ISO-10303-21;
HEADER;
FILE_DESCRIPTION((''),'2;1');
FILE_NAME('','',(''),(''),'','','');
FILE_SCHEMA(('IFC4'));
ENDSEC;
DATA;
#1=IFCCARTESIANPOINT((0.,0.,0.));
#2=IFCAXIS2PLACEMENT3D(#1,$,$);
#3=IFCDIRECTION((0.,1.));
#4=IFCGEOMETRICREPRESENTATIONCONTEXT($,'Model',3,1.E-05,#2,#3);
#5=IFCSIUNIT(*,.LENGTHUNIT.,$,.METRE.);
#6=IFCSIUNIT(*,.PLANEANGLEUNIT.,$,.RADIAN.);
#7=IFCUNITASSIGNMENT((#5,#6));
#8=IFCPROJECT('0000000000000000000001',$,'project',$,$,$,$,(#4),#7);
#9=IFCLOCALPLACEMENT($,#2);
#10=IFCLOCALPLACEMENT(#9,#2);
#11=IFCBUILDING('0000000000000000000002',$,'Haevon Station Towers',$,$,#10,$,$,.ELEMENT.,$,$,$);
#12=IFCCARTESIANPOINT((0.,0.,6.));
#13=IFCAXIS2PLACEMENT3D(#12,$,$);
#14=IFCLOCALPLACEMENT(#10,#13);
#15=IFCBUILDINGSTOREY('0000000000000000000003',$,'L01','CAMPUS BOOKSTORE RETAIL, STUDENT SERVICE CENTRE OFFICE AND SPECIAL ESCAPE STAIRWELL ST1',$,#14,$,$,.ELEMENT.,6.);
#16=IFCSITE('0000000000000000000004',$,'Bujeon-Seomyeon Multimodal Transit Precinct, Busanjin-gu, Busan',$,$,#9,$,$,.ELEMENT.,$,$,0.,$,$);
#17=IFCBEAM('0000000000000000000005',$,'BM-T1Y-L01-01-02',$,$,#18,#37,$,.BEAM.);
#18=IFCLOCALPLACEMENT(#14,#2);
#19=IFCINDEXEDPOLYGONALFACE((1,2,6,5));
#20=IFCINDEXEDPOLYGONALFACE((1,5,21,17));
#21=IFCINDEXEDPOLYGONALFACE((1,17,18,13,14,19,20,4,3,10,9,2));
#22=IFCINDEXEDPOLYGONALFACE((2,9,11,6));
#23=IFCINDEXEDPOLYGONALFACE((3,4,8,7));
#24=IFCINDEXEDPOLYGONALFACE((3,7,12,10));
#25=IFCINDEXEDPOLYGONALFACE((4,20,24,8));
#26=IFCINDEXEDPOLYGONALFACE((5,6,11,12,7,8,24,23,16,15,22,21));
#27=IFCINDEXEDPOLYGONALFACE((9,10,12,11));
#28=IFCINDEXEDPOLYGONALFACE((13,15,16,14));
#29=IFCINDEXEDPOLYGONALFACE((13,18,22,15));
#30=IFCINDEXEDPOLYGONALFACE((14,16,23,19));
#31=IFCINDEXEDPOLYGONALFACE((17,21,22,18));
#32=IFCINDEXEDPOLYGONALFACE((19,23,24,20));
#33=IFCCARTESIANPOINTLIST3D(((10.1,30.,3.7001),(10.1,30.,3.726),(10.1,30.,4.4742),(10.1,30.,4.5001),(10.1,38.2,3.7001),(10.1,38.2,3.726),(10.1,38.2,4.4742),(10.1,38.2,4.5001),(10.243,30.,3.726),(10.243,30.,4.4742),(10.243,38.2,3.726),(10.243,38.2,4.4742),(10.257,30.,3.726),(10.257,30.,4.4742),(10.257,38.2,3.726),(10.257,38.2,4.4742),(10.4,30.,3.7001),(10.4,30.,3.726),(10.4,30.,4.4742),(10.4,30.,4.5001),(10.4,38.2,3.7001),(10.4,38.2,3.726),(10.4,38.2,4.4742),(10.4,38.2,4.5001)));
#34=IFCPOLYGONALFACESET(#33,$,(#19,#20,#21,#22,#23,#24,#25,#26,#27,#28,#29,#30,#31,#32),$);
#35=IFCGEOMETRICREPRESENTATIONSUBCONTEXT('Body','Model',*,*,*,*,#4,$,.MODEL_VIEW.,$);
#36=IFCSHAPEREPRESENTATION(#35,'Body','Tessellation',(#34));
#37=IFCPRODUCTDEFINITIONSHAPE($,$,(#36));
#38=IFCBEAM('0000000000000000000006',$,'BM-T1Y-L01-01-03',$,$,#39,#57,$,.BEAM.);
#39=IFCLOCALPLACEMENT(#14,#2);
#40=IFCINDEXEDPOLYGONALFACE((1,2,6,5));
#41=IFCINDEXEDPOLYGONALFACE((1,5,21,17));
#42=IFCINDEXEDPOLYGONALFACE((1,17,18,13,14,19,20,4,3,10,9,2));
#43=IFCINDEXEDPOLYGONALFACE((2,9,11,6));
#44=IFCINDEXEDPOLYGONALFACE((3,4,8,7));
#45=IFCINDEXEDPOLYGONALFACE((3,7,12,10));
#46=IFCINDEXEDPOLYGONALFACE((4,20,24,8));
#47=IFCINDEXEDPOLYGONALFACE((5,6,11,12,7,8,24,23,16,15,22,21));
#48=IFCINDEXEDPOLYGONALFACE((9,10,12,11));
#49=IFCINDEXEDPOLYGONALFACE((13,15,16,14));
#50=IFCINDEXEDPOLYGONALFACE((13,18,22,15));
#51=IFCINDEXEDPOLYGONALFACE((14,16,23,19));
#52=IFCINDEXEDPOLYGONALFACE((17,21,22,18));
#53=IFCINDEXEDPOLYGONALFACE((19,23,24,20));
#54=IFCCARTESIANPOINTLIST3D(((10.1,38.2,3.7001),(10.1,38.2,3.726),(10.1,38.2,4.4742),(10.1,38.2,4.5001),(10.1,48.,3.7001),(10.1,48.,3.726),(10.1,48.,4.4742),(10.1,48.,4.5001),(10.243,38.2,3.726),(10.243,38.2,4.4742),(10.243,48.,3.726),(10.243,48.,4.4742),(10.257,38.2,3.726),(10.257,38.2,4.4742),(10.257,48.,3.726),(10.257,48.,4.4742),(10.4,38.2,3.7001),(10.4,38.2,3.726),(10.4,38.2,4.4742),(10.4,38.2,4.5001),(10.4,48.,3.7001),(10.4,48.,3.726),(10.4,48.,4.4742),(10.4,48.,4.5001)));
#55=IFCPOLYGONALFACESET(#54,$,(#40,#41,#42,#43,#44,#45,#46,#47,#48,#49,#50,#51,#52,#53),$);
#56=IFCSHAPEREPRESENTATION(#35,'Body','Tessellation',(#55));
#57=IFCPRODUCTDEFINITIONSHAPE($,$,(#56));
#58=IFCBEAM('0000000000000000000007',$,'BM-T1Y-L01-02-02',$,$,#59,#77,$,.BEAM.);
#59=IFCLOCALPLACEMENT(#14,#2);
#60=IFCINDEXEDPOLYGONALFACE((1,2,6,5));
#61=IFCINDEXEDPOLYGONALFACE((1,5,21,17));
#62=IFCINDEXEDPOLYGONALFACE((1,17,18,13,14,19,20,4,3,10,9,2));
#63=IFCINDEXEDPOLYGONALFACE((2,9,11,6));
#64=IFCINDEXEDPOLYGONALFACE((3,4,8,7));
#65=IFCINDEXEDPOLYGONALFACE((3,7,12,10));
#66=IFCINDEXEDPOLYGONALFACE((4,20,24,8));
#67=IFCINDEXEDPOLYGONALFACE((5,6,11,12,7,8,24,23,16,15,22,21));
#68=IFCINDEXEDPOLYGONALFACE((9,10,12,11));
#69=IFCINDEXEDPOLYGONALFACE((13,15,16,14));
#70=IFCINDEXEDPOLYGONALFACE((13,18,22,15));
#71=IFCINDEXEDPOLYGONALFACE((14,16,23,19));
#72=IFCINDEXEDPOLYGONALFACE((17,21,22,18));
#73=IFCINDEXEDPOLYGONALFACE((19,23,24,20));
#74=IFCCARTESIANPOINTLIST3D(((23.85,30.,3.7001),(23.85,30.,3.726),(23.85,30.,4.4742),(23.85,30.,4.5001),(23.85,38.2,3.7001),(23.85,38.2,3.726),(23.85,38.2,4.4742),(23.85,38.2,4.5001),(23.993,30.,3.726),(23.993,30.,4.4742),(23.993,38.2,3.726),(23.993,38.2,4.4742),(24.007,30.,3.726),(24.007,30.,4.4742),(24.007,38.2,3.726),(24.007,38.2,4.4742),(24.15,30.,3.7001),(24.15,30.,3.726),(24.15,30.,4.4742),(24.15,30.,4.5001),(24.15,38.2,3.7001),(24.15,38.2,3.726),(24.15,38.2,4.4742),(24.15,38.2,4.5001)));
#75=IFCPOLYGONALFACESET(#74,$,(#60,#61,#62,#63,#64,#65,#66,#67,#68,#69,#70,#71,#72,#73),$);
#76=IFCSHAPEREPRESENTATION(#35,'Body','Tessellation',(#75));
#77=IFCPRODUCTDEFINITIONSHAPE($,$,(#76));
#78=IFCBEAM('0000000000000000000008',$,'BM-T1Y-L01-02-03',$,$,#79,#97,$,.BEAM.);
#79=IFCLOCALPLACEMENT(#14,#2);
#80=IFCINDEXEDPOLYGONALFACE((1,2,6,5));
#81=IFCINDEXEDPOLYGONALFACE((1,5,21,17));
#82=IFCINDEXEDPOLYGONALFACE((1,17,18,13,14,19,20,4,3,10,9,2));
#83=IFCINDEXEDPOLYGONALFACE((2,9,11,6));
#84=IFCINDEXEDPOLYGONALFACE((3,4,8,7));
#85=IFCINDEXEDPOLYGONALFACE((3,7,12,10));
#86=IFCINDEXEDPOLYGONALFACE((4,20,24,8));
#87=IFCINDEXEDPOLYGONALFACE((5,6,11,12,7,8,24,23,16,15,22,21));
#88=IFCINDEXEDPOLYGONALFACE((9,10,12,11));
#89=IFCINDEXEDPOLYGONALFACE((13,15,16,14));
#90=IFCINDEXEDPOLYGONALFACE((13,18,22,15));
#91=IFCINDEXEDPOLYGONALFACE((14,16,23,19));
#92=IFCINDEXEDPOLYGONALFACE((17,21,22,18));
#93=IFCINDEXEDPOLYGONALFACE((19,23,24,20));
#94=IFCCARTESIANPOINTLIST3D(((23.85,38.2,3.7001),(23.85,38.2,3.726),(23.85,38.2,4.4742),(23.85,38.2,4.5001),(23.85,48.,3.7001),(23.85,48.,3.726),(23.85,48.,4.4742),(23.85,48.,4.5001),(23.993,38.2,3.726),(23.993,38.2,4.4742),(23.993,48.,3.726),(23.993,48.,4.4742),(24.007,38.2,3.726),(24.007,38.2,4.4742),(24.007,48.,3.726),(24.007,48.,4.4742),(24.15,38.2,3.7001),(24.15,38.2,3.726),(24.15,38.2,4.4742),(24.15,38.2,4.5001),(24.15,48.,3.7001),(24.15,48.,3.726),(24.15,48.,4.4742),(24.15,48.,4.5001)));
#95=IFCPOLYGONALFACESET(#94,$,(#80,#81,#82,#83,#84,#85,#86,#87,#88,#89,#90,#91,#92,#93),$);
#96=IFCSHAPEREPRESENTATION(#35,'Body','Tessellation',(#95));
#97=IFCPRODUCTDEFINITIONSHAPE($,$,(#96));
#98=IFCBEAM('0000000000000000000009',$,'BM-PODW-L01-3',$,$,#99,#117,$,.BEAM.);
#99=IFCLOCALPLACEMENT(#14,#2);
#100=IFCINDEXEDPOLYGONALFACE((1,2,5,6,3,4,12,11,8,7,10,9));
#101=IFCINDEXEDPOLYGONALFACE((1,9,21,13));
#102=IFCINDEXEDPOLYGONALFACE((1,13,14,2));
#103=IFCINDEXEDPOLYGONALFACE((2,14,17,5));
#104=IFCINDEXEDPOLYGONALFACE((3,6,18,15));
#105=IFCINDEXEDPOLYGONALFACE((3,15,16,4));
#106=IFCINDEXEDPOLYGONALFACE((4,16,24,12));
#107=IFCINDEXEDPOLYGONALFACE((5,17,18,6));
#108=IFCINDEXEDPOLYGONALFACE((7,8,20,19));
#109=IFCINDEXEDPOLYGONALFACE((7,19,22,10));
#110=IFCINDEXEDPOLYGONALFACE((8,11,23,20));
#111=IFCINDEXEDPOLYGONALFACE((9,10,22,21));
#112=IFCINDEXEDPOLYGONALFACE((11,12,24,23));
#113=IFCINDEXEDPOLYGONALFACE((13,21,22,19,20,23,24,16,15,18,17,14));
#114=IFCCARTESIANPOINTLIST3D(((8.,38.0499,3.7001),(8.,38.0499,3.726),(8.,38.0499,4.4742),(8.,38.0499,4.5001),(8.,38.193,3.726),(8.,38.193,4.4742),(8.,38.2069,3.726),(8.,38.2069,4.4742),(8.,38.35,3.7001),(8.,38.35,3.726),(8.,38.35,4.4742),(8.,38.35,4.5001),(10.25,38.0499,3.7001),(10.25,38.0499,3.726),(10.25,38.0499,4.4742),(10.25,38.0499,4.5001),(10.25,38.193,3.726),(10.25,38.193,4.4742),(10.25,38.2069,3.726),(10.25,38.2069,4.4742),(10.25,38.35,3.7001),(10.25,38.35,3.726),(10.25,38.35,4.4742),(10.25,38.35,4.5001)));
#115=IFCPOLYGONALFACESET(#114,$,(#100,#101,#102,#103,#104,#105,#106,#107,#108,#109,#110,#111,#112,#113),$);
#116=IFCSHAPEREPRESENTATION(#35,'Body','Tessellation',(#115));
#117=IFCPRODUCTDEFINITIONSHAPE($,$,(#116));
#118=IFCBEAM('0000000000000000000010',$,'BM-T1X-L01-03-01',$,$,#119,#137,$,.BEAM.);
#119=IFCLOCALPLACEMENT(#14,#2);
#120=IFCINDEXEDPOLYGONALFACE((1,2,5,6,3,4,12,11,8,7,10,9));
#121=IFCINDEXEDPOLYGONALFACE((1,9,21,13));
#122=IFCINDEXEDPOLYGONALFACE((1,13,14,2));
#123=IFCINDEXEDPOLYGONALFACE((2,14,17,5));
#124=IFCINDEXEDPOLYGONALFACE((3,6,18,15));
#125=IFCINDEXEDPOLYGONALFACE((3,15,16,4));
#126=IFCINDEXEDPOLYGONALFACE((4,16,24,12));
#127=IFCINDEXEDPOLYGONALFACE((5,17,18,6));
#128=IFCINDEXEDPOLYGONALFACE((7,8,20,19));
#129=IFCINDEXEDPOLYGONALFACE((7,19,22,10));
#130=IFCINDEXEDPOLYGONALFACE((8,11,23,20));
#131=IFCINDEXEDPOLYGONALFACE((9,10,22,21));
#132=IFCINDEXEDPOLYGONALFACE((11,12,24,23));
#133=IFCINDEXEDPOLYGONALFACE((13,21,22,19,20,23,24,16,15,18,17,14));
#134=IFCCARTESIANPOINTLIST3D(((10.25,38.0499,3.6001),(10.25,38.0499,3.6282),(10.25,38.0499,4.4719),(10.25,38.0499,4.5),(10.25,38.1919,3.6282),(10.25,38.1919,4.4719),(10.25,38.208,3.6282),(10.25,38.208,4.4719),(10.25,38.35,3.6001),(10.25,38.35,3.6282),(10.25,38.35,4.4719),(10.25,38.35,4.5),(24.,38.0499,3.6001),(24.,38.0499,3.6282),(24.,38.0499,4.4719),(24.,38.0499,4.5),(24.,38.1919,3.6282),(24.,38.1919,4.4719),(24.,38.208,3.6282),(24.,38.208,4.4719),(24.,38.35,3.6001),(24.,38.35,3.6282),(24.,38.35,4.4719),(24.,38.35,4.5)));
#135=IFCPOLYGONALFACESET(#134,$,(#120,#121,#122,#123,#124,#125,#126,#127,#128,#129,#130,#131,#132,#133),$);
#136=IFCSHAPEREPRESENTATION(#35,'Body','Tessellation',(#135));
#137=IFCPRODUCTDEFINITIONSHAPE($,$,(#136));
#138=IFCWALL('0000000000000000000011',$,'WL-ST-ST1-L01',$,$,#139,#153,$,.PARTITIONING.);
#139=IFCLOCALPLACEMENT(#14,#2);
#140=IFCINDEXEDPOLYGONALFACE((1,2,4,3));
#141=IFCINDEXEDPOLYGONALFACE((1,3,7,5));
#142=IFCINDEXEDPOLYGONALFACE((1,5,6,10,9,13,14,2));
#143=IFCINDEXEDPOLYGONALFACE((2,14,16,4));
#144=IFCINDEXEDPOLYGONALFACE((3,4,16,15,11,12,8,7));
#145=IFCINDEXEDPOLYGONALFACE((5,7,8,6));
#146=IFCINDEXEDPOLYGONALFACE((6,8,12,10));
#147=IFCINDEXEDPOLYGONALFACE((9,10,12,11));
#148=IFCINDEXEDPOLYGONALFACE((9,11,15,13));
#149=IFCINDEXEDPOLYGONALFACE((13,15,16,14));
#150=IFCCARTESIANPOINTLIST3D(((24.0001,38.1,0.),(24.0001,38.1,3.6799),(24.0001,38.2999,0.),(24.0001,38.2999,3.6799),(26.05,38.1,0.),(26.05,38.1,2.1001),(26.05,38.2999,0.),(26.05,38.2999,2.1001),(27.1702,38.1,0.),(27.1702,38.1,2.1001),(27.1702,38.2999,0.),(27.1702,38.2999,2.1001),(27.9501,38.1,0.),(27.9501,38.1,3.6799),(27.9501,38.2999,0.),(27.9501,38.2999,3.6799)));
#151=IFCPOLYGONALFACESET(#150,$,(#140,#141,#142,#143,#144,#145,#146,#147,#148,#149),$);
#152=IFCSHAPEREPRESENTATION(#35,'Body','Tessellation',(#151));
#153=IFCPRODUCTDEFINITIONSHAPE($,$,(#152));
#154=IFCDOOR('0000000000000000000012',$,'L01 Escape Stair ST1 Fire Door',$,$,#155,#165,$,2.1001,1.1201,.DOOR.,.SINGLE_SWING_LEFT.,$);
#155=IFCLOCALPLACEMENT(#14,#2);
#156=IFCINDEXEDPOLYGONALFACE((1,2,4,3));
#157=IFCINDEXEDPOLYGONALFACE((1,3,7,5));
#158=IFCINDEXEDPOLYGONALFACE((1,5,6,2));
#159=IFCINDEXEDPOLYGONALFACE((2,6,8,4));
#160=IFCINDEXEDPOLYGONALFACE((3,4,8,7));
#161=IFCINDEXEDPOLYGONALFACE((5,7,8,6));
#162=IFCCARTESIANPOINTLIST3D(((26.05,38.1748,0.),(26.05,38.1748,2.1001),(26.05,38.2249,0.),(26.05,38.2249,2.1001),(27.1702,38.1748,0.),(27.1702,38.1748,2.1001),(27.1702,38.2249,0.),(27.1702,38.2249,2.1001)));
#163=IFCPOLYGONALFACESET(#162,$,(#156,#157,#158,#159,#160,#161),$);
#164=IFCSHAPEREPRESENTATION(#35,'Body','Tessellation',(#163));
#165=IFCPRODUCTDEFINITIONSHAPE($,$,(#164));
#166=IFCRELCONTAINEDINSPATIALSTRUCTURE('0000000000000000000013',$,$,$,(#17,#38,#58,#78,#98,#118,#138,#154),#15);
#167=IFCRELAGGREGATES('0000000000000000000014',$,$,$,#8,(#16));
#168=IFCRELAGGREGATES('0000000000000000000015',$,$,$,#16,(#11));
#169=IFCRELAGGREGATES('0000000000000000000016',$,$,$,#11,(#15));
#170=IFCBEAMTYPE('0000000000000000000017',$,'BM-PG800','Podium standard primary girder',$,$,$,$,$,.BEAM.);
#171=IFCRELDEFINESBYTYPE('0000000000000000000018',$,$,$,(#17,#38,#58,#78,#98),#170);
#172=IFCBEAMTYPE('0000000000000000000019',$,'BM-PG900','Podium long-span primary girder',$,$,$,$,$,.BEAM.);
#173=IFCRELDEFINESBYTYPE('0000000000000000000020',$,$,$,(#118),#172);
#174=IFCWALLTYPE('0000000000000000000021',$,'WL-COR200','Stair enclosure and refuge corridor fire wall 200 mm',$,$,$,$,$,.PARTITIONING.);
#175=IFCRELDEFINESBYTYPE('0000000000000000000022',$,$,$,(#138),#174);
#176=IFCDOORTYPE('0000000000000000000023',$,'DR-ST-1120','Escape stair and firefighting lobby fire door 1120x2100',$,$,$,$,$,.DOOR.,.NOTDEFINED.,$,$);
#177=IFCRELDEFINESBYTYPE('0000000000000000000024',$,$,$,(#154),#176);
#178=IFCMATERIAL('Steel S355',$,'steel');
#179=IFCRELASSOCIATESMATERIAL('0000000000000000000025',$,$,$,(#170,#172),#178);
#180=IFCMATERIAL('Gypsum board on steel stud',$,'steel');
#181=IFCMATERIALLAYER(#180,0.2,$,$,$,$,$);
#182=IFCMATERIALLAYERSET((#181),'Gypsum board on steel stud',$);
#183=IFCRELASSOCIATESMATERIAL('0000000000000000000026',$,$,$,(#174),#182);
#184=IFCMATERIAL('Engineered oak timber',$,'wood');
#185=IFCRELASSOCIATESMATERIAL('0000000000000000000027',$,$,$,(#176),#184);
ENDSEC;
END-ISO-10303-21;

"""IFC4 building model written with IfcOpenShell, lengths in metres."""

from ifc_helpers import new_model, si_unit, direction, frame, frame_2d, origin, origin_2d, place, context, subcontext, project, spatial, rectangle, i_section, extrude, material, layer, layer_set, material_profile, profile_set, type_object, element, fill, save


model = new_model("IFC4")

# Units and contexts
model_context = context("Model", 3, precision=1e-05, world=origin(), true_north=direction((0.0, 1.0)))
body_context = subcontext(model_context, "Body", "Model", "MODEL_VIEW")
ifc_project = project(units=[si_unit("LENGTHUNIT", "METRE"), si_unit("PLANEANGLEUNIT", "RADIAN")], contexts=[model_context])

# Site, building, storey
site_placement = place(None, origin())
site = spatial("IfcSite", under=ifc_project, at=site_placement, Name="Bujeon-Seomyeon Multimodal Transit Precinct, Busanjin-gu, Busan", CompositionType="ELEMENT", RefElevation=0.0)
building_placement = place(site_placement, origin())
building = spatial("IfcBuilding", under=site, at=building_placement, Name="Haevon Station Towers", CompositionType="ELEMENT")
storey_placement = place(building_placement, frame((0.0, 0.0, 6.0)))
storey = spatial("IfcBuildingStorey", under=building, at=storey_placement, Name="L01", Description="CAMPUS BOOKSTORE RETAIL, STUDENT SERVICE CENTRE OFFICE AND SPECIAL ESCAPE STAIRWELL ST1", CompositionType="ELEMENT", Elevation=6.0)

# Beams
ifc_material_1 = material(Name="Steel S355", Category="steel")
ifc_material_profile_1 = material_profile(ifc_material_1, i_section(OverallWidth=0.3, OverallDepth=0.8, WebThickness=0.0139, FlangeThickness=0.0259, at=origin_2d()), Name="H-800x300x14x26")
ifc_profile_set_1 = profile_set([ifc_material_profile_1], Name="Steel S355")
beam_type_1 = type_object("IfcBeamType", Name="BM-PG800", Description="Podium standard primary girder", PredefinedType="BEAM", material=ifc_profile_set_1)
beam_1_placement = place(storey_placement, frame((10.25, 30.0, 4.1001), z_axis=(0.0, 1.0, 0.0), x_axis=(-1.0, 0.0, 0.0)))
element("IfcBeam", 1, at=beam_1_placement, inside=storey, type_object=beam_type_1, Name="BM-T1Y-L01-01-02", PredefinedType="BEAM", context=body_context, shape_type="SweptSolid", body=[
    extrude(i_section(OverallWidth=0.3, OverallDepth=0.8, WebThickness=0.0139, FlangeThickness=0.0259, at=origin_2d()), origin(), (0.0, 0.0, 1.0), 8.2),
])
beam_2_placement = place(storey_placement, frame((10.25, 38.2, 4.1001), z_axis=(0.0, 1.0, 0.0), x_axis=(-1.0, 0.0, 0.0)))
element("IfcBeam", 2, at=beam_2_placement, inside=storey, type_object=beam_type_1, Name="BM-T1Y-L01-01-03", PredefinedType="BEAM", context=body_context, shape_type="SweptSolid", body=[
    extrude(i_section(OverallWidth=0.3, OverallDepth=0.8, WebThickness=0.0139, FlangeThickness=0.0259, at=origin_2d()), origin(), (0.0, 0.0, 1.0), 9.8),
])
beam_3_placement = place(storey_placement, frame((24.0, 30.0, 4.1001), z_axis=(0.0, 1.0, 0.0), x_axis=(-1.0, 0.0, 0.0)))
element("IfcBeam", 3, at=beam_3_placement, inside=storey, type_object=beam_type_1, Name="BM-T1Y-L01-02-02", PredefinedType="BEAM", context=body_context, shape_type="SweptSolid", body=[
    extrude(i_section(OverallWidth=0.3, OverallDepth=0.8, WebThickness=0.0139, FlangeThickness=0.0259, at=origin_2d()), origin(), (0.0, 0.0, 1.0), 8.2),
])
beam_4_placement = place(storey_placement, frame((24.0, 38.2, 4.1001), z_axis=(0.0, 1.0, 0.0), x_axis=(-1.0, 0.0, 0.0)))
element("IfcBeam", 4, at=beam_4_placement, inside=storey, type_object=beam_type_1, Name="BM-T1Y-L01-02-03", PredefinedType="BEAM", context=body_context, shape_type="SweptSolid", body=[
    extrude(i_section(OverallWidth=0.3, OverallDepth=0.8, WebThickness=0.0139, FlangeThickness=0.0259, at=origin_2d()), origin(), (0.0, 0.0, 1.0), 9.8),
])
beam_5_placement = place(storey_placement, frame((8.0, 38.2, 4.1001), z_axis=(1.0, 0.0, 0.0), x_axis=(0.0, 1.0, 0.0)))
element("IfcBeam", 5, at=beam_5_placement, inside=storey, type_object=beam_type_1, Name="BM-PODW-L01-3", PredefinedType="BEAM", context=body_context, shape_type="SweptSolid", body=[
    extrude(i_section(OverallWidth=0.3, OverallDepth=0.8, WebThickness=0.0139, FlangeThickness=0.0259, at=origin_2d()), origin(), (0.0, 0.0, 1.0), 2.25),
])
ifc_material_profile_2 = material_profile(ifc_material_1, i_section(OverallWidth=0.3, OverallDepth=0.8999, WebThickness=0.0161, FlangeThickness=0.0281, at=origin_2d()), Name="H-900x300x16x28")
ifc_profile_set_2 = profile_set([ifc_material_profile_2], Name="Steel S355")
beam_type_2 = type_object("IfcBeamType", Name="BM-PG900", Description="Podium long-span primary girder", PredefinedType="BEAM", material=ifc_profile_set_2)
beam_6_placement = place(storey_placement, frame((10.25, 38.2, 4.05), z_axis=(1.0, 0.0, 0.0), x_axis=(0.0, 1.0, 0.0)))
element("IfcBeam", 6, at=beam_6_placement, inside=storey, type_object=beam_type_2, Name="BM-T1X-L01-03-01", PredefinedType="BEAM", context=body_context, shape_type="SweptSolid", body=[
    extrude(i_section(OverallWidth=0.3, OverallDepth=0.8999, WebThickness=0.0161, FlangeThickness=0.0281, at=origin_2d()), origin(), (0.0, 0.0, 1.0), 13.75),
])

# Wall, opening, door
ifc_material_2 = material(Name="Gypsum board on steel stud", Category="steel")
ifc_layer_1 = layer(ifc_material_2, 0.2)
ifc_layer_set_1 = layer_set([ifc_layer_1], Name="Gypsum board on steel stud")
wall_type_1 = type_object("IfcWallType", Name="WL-COR200", Description="Stair enclosure and refuge corridor fire wall 200 mm", PredefinedType="PARTITIONING", material=ifc_layer_set_1)
wall_1_placement = place(storey_placement, frame((24.0, 38.2, 0.0), z_axis=(0.0, 0.0, 1.0), x_axis=(1.0, 0.0, 0.0)))
wall_1 = element("IfcWall", 7, at=wall_1_placement, inside=storey, type_object=wall_type_1, Name="WL-ST-ST1-L01", PredefinedType="PARTITIONING", context=body_context, shape_type="SweptSolid", body=[
    extrude(rectangle(XDim=3.95, YDim=0.2, at=frame_2d((1.9751, 0.0))), origin(), (0.0, 0.0, 1.0), 3.6799),
])
opening_1_placement = place(wall_1_placement, frame((2.05, 0.0, 0.0)))
opening_1 = element("IfcOpeningElement", 8, at=opening_1_placement, cuts=wall_1, PredefinedType="OPENING", context=body_context, shape_type="SweptSolid", body=[
    extrude(rectangle(XDim=1.1201, YDim=2.1001, at=frame_2d((0.5601, 1.05))), frame((0.0, 0.1099, 0.0), z_axis=(0.0, -1.0, 0.0), x_axis=(1.0, 0.0, 0.0)), (0.0, 0.0, 1.0), 0.22),
])
ifc_material_3 = material(Name="Engineered oak timber", Category="wood")
door_type_1 = type_object("IfcDoorType", Name="DR-ST-1120", Description="Escape stair and firefighting lobby fire door 1120x2100", OperationType="NOTDEFINED", PredefinedType="DOOR", material=ifc_material_3)
door_1_placement = place(opening_1_placement, origin())
door_1 = element("IfcDoor", 9, at=door_1_placement, inside=storey, type_object=door_type_1, Name="L01 Escape Stair ST1 Fire Door", OperationType="SINGLE_SWING_LEFT", OverallHeight=2.1001, OverallWidth=1.1201, PredefinedType="DOOR", context=body_context, shape_type="SweptSolid", body=[
    extrude(rectangle(XDim=1.1201, YDim=2.1001, at=frame_2d((0.5601, 1.05))), frame((0.0, 0.0249, 0.0), z_axis=(0.0, -1.0, 0.0), x_axis=(1.0, 0.0, 0.0)), (0.0, 0.0, 1.0), 0.05),
])
fill(opening_1, door_1)

save(model, "model.ifc")
